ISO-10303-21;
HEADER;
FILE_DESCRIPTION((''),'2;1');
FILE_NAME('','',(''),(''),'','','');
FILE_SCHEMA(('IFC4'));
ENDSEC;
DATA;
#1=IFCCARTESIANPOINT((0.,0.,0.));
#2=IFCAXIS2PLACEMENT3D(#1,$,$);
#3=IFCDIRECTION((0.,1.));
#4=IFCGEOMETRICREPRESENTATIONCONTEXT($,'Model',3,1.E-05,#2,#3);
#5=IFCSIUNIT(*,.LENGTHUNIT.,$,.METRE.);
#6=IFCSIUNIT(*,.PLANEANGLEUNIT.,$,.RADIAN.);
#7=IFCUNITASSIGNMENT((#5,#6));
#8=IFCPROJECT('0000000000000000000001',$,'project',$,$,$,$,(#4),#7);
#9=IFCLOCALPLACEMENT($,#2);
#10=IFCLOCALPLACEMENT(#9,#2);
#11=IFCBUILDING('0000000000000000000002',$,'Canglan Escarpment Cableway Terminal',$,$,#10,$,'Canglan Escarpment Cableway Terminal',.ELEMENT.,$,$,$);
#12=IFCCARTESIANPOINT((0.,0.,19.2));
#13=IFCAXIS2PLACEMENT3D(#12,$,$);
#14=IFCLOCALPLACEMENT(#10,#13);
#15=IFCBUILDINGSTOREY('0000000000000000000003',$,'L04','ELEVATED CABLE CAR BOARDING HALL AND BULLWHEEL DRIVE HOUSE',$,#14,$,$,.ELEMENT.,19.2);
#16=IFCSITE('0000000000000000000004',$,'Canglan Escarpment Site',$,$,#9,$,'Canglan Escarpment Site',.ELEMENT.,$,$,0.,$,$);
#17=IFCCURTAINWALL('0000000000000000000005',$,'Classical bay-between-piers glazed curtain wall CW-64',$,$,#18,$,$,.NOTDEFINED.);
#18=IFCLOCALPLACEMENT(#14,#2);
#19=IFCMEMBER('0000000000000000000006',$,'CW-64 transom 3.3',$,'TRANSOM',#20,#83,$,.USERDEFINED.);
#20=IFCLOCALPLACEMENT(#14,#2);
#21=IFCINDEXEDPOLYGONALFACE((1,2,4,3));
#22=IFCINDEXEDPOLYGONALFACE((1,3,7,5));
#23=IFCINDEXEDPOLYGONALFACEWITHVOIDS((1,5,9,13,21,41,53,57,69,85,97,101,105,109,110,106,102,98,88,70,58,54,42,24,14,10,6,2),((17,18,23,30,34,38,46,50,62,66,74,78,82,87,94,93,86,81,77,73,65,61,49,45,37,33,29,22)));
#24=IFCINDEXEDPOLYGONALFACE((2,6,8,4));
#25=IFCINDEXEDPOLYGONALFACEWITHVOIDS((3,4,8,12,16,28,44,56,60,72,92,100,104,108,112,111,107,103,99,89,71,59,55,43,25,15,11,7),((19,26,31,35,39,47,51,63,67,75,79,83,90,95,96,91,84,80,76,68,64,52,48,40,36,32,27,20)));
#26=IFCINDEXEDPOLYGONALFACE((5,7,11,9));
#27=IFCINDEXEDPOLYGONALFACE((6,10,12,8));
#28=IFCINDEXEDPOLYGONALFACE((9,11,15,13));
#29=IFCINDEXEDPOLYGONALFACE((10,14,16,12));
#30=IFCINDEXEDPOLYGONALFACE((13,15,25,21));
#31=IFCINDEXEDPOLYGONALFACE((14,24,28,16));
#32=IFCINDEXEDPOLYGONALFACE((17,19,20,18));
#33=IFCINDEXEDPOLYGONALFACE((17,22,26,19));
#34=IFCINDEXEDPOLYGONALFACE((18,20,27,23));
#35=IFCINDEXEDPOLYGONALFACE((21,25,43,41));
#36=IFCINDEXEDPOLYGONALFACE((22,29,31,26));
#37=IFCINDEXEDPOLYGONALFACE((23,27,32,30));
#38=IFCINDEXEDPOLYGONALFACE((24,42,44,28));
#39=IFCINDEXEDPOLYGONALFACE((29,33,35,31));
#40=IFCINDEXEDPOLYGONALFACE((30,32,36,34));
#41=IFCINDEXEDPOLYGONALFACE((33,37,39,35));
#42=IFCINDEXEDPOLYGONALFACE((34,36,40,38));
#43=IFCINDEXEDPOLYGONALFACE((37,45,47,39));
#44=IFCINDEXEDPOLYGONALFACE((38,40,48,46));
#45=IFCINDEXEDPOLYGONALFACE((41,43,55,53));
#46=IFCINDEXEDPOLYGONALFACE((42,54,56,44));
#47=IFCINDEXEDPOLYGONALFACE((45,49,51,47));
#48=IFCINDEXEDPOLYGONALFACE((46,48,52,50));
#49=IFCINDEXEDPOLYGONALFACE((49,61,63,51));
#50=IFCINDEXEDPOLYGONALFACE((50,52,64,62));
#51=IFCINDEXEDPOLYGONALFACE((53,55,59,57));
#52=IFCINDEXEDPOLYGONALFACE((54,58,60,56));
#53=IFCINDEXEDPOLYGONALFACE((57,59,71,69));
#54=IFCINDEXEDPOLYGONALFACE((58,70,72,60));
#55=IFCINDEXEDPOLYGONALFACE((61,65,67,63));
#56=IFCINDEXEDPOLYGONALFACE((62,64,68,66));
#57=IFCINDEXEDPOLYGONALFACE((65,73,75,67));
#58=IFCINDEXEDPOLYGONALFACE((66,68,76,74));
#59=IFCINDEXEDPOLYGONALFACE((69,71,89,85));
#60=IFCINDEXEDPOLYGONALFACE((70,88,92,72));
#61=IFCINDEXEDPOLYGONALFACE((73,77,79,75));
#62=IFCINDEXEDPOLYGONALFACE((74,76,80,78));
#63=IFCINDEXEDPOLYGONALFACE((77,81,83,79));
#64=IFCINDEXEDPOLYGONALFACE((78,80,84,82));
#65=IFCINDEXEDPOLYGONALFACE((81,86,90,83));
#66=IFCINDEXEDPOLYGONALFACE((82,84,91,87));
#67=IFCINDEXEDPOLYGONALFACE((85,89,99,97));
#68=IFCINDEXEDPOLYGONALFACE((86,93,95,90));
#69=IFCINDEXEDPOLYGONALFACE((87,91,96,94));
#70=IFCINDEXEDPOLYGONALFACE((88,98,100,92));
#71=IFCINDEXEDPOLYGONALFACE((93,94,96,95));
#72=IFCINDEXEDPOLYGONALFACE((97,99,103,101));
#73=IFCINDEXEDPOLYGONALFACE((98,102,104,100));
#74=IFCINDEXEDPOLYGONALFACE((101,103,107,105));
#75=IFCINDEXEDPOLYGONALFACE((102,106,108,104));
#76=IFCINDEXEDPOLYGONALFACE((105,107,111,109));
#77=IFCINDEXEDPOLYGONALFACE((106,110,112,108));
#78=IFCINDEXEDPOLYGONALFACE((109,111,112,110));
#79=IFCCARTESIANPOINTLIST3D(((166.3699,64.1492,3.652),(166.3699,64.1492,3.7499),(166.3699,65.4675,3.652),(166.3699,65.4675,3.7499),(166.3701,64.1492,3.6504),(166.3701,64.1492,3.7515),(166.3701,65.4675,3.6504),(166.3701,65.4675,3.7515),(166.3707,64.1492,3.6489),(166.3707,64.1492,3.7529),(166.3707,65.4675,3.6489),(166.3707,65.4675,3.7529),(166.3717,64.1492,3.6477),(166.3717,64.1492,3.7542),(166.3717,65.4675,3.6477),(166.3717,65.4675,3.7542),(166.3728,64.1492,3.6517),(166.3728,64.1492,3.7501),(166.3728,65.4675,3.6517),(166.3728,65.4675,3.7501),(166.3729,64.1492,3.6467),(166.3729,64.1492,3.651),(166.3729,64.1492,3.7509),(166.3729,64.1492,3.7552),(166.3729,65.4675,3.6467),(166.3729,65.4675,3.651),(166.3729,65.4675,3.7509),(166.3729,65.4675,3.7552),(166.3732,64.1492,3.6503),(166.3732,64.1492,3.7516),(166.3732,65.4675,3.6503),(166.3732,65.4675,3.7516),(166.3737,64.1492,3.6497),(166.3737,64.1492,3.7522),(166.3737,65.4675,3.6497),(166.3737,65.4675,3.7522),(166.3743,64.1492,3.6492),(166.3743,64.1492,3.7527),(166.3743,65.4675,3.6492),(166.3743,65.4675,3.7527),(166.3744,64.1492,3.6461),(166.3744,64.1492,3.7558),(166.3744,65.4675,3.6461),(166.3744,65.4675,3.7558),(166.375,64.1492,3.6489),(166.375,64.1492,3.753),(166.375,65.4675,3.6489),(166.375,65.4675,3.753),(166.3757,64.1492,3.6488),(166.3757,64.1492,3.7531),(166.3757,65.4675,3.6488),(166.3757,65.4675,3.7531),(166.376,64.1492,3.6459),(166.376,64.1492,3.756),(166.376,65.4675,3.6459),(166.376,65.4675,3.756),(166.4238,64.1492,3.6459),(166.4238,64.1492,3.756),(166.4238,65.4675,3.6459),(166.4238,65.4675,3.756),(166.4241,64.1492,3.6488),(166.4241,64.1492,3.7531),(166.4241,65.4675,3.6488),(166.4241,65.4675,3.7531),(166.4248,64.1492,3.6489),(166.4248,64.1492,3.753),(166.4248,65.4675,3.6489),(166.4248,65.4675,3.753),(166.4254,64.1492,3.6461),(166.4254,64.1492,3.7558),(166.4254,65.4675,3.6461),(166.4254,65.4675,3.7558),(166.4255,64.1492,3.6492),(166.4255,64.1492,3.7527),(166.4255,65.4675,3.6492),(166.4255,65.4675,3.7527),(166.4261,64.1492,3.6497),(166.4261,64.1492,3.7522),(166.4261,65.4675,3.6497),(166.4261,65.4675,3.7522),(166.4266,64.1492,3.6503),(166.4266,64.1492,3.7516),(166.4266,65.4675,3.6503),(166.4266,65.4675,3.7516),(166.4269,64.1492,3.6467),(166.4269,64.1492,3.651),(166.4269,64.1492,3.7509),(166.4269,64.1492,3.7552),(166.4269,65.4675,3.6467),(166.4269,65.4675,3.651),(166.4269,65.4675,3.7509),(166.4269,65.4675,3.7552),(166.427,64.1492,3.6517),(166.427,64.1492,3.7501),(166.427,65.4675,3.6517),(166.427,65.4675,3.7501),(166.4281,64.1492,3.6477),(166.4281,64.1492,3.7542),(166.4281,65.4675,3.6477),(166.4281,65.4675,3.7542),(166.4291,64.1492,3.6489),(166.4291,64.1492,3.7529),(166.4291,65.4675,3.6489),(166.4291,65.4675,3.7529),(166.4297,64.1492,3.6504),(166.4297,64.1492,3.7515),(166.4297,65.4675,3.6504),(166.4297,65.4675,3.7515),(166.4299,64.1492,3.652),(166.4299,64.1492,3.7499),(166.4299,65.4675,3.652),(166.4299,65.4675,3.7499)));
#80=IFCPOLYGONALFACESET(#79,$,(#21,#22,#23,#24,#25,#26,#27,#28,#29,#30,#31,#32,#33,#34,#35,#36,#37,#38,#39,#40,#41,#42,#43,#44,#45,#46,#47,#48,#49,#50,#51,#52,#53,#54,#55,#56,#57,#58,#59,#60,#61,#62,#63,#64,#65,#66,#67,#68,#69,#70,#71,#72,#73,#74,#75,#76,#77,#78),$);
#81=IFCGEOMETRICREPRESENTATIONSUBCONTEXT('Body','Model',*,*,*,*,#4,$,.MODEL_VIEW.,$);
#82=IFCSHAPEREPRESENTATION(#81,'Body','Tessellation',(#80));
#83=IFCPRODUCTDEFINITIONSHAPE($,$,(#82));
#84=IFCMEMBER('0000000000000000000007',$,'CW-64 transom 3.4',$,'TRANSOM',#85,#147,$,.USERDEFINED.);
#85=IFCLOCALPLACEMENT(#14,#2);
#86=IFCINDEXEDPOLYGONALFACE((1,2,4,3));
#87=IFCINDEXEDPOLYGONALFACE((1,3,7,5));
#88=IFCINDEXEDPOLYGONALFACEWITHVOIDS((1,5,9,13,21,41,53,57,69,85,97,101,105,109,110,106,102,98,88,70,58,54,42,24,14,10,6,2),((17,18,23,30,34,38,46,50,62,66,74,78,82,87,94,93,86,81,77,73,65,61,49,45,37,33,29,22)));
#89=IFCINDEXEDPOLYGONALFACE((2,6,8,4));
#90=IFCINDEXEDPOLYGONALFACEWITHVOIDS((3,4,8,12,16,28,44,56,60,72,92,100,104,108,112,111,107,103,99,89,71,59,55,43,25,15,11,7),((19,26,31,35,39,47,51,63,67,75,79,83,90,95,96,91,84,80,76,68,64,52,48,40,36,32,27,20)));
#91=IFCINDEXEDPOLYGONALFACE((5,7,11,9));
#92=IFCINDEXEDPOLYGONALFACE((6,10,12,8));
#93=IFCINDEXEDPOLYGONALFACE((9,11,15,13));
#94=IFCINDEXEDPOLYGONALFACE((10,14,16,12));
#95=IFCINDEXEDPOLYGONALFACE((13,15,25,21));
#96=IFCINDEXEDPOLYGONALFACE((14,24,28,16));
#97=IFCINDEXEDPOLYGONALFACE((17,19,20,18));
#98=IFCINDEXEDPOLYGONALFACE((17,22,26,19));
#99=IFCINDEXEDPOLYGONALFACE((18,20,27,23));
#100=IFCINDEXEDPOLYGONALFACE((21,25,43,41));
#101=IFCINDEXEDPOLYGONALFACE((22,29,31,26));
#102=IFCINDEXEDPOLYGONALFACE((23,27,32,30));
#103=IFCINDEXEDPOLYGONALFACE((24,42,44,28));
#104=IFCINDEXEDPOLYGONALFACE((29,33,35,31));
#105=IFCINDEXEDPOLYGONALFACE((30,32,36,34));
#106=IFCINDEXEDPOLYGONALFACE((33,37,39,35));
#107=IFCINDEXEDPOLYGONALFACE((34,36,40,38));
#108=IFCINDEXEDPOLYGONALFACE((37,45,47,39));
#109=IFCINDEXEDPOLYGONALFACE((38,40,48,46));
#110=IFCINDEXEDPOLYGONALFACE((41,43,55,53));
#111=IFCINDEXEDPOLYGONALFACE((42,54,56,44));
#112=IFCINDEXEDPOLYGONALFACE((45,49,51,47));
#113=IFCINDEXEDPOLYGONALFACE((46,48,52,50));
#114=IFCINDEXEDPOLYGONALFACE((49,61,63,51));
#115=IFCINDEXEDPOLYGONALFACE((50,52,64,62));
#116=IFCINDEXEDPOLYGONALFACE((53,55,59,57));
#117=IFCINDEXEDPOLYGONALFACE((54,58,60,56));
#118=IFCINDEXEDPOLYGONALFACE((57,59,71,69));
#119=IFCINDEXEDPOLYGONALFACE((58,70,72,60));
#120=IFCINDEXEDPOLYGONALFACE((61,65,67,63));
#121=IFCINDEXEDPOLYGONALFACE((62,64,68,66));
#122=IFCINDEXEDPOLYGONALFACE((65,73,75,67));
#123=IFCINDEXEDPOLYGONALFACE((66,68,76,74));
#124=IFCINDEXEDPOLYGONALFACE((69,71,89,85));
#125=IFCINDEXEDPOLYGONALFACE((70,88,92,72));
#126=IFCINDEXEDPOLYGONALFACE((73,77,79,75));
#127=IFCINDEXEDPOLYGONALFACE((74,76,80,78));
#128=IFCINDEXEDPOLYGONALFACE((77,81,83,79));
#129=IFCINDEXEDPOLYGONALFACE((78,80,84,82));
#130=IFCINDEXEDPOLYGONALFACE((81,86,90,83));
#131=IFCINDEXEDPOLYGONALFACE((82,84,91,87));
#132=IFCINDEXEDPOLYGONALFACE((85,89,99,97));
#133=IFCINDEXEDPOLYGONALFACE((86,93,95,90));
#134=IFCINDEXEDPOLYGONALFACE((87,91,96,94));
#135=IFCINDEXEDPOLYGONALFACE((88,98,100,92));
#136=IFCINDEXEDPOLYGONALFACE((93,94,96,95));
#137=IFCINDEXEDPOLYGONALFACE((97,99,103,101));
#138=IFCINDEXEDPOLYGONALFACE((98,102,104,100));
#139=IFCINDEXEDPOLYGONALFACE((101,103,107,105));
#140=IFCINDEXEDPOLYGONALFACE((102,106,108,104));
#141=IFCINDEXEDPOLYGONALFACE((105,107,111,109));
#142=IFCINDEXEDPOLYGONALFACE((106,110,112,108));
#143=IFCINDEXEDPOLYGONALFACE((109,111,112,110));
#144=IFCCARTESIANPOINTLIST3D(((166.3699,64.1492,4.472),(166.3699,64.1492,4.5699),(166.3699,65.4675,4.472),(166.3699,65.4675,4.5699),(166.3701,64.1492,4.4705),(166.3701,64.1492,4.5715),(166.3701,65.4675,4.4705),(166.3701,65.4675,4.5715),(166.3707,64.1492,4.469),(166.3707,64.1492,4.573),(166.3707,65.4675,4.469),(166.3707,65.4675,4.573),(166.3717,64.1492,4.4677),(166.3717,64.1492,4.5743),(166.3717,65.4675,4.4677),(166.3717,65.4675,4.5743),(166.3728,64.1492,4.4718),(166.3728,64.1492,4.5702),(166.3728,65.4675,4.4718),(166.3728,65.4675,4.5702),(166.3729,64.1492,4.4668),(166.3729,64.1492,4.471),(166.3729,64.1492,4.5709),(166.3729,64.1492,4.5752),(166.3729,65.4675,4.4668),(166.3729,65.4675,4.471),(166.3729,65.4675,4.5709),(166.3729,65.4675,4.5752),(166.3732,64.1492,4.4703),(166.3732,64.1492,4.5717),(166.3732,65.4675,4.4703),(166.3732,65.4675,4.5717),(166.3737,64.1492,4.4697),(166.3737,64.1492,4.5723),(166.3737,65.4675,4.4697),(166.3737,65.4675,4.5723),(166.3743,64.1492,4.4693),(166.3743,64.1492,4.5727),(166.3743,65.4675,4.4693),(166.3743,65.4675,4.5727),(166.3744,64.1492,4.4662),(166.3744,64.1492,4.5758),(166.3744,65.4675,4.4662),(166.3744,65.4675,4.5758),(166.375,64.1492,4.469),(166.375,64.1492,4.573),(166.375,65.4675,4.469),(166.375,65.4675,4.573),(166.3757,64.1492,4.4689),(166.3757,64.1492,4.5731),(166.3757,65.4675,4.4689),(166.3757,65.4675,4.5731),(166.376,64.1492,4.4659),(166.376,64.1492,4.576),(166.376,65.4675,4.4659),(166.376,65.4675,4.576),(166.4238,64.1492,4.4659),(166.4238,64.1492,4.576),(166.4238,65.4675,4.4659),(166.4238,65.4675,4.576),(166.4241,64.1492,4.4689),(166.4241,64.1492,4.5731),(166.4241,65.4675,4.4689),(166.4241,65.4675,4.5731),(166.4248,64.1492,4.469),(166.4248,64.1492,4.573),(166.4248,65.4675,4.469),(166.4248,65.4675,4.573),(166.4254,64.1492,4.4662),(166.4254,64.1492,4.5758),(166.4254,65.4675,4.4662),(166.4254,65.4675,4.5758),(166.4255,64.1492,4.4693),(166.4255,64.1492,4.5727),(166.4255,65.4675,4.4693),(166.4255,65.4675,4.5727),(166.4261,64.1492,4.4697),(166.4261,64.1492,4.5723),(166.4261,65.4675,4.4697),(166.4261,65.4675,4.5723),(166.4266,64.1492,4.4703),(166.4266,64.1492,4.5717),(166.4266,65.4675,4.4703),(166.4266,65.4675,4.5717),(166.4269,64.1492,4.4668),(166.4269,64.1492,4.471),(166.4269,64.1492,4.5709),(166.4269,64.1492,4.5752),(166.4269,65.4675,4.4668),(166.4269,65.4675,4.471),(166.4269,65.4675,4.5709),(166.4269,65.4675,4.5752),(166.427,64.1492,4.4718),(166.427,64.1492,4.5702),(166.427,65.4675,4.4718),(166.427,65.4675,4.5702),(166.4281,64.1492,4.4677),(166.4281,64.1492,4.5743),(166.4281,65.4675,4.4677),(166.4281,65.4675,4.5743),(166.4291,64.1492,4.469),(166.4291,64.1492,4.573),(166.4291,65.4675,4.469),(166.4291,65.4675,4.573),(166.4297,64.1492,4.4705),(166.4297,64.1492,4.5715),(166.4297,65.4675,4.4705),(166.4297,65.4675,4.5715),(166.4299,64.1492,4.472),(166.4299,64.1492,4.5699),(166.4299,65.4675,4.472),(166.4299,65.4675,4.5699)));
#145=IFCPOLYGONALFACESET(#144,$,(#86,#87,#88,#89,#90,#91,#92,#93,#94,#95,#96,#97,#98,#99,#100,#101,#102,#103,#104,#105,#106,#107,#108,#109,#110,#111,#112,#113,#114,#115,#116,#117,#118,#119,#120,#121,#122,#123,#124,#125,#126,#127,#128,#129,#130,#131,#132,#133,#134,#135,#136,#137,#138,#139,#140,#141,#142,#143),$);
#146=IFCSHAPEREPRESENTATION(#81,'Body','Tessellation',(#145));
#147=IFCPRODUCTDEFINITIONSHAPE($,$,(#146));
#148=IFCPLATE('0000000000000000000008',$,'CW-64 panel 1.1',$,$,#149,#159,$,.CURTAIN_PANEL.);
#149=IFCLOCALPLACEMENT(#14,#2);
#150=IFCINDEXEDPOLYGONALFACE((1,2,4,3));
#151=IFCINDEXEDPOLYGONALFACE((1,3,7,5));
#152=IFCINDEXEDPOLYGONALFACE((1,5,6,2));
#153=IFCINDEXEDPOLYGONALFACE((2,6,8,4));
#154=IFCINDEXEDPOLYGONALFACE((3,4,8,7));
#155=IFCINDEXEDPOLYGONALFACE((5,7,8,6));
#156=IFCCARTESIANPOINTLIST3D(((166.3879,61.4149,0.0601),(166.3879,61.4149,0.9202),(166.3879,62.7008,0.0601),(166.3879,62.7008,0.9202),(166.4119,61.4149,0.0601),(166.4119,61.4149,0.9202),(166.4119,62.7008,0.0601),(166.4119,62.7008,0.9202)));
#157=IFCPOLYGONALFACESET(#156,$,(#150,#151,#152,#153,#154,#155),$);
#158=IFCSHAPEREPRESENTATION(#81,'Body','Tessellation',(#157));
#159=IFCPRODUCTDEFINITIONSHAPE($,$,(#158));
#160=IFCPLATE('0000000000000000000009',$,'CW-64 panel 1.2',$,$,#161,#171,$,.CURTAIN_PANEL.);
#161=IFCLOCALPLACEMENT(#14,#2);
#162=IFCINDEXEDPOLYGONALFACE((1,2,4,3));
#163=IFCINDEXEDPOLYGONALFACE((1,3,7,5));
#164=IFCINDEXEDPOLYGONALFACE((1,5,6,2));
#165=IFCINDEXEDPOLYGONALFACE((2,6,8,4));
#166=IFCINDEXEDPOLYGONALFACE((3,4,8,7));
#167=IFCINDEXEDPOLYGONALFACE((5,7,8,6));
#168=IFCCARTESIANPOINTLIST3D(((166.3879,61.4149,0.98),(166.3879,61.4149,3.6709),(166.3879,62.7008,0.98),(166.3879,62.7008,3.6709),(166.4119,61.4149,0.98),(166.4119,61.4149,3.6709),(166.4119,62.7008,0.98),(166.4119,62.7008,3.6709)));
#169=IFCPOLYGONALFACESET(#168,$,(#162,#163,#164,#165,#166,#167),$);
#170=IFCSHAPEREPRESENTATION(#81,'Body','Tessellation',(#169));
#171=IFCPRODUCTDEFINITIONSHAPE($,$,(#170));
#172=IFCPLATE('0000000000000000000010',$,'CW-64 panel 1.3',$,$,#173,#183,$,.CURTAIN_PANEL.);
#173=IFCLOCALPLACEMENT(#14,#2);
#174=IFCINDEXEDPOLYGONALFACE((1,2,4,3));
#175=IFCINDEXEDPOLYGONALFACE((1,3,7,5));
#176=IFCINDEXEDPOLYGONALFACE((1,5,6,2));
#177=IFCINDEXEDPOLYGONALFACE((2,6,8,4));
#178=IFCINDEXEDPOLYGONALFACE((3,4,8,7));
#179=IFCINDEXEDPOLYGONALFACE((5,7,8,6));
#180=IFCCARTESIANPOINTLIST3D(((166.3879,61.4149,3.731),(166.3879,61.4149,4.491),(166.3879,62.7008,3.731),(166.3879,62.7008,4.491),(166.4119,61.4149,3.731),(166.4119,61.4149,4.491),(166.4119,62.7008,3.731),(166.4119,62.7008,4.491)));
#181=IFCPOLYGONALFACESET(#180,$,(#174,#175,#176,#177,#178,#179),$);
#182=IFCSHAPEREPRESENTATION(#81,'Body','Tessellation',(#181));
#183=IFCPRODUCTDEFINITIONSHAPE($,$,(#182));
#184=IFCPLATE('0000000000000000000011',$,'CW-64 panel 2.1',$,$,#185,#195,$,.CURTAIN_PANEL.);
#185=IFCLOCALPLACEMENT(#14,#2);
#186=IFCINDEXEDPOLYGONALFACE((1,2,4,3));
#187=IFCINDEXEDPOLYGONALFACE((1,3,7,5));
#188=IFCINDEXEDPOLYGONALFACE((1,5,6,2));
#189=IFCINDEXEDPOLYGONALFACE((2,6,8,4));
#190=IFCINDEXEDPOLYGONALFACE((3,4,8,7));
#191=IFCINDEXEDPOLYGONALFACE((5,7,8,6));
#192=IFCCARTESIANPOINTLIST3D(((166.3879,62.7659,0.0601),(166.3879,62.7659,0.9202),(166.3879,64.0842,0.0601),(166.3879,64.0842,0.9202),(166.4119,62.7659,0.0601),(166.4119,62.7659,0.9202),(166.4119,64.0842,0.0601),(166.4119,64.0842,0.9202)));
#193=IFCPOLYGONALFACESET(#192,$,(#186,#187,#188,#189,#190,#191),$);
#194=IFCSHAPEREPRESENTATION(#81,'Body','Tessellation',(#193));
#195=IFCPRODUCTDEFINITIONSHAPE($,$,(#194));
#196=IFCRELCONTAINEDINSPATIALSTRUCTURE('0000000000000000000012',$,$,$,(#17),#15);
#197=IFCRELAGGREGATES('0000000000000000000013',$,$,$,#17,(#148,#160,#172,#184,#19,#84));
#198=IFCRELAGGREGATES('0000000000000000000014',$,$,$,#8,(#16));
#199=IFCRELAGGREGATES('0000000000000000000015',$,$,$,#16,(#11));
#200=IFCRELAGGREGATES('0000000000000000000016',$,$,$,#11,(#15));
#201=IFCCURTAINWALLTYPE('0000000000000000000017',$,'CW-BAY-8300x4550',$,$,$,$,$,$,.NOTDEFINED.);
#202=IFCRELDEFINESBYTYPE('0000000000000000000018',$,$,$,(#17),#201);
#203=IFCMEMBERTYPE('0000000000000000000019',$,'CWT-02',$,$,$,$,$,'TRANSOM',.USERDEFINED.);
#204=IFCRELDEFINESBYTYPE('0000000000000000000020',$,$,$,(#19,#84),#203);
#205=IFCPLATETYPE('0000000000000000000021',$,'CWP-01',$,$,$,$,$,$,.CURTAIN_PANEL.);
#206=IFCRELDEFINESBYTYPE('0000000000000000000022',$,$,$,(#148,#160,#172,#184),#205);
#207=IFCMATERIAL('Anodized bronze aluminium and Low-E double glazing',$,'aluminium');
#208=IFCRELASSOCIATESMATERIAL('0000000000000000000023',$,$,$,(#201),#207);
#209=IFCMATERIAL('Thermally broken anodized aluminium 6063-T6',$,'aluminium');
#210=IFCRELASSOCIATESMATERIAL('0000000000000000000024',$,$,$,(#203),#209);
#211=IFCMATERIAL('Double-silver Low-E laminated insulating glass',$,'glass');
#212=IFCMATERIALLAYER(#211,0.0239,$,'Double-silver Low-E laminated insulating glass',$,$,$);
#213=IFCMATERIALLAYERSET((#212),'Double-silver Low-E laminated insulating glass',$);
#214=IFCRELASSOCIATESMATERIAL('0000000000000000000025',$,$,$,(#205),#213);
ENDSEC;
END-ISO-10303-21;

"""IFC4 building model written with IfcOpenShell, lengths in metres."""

from ifc_helpers import new_model, si_unit, direction, frame, origin, origin_2d, place, context, subcontext, project, spatial, rectangle, hollow_rectangle, extrude, material, layer, layer_set, material_profile, profile_set, type_object, element, aggregate, save


model = new_model("IFC4")

# Units and contexts
model_context = context("Model", 3, precision=1e-05, world=origin(), true_north=direction((0.0, 1.0)))
body_context = subcontext(model_context, "Body", "Model", "MODEL_VIEW")
ifc_project = project(units=[si_unit("LENGTHUNIT", "METRE"), si_unit("PLANEANGLEUNIT", "RADIAN")], contexts=[model_context])

# Site, building, storey
site_placement = place(None, origin())
site = spatial("IfcSite", under=ifc_project, at=site_placement, Name="Canglan Escarpment Site", LongName="Canglan Escarpment Site", CompositionType="ELEMENT", RefElevation=0.0)
building_placement = place(site_placement, origin())
building = spatial("IfcBuilding", under=site, at=building_placement, Name="Canglan Escarpment Cableway Terminal", LongName="Canglan Escarpment Cableway Terminal", CompositionType="ELEMENT")
storey_placement = place(building_placement, frame((0.0, 0.0, 19.2)))
storey = spatial("IfcBuildingStorey", under=building, at=storey_placement, Name="L04", Description="ELEVATED CABLE CAR BOARDING HALL AND BULLWHEEL DRIVE HOUSE", CompositionType="ELEMENT", Elevation=19.2)

# Curtain wall
ifc_material_1 = material(Name="Anodized bronze aluminium and Low-E double glazing", Category="aluminium")
curtain_wall_type = type_object("IfcCurtainWallType", Name="CW-BAY-8300x4550", PredefinedType="NOTDEFINED", material=ifc_material_1)
ifc_material_2 = material(Name="Thermally broken anodized aluminium 6063-T6", Category="aluminium")
curtain_wall_1_placement = place(storey_placement, origin())
curtain_wall_1 = element("IfcCurtainWall", 1, at=curtain_wall_1_placement, inside=storey, type_object=curtain_wall_type, Name="Classical bay-between-piers glazed curtain wall CW-64", PredefinedType="NOTDEFINED")

# Members
ifc_material_profile_1 = material_profile(ifc_material_2, hollow_rectangle(XDim=0.0601, YDim=0.1101, WallThickness=0.0029, InnerFilletRadius=0.0029, OuterFilletRadius=0.0061, at=origin_2d()), Name="ALU-TRAN 60x110x3")
ifc_profile_set_1 = profile_set([ifc_material_profile_1], Name="Thermally broken anodized aluminium 6063-T6")
member_type_1 = type_object("IfcMemberType", Name="CWT-02", ElementType="TRANSOM", PredefinedType="USERDEFINED", material=ifc_profile_set_1)
member_1_placement = place(storey_placement, frame((166.3999, 64.1492, 3.7009), z_axis=(0.0, 1.0, 0.0), x_axis=(-1.0, 0.0, 0.0)))
member_1 = element("IfcMember", 2, at=member_1_placement, type_object=member_type_1, Name="CW-64 transom 3.3", ObjectType="TRANSOM", PredefinedType="USERDEFINED", context=body_context, shape_type="SweptSolid", body=[
    extrude(hollow_rectangle(XDim=0.0601, YDim=0.1101, WallThickness=0.0029, InnerFilletRadius=0.0029, OuterFilletRadius=0.0061, at=origin_2d()), origin(), (0.0, 0.0, 1.0), 1.3184),
])
member_2_placement = place(storey_placement, frame((166.3999, 64.1492, 4.521), z_axis=(0.0, 1.0, 0.0), x_axis=(-1.0, 0.0, 0.0)))
member_2 = element("IfcMember", 3, at=member_2_placement, type_object=member_type_1, Name="CW-64 transom 3.4", ObjectType="TRANSOM", PredefinedType="USERDEFINED", context=body_context, shape_type="SweptSolid", body=[
    extrude(hollow_rectangle(XDim=0.0601, YDim=0.1101, WallThickness=0.0029, InnerFilletRadius=0.0029, OuterFilletRadius=0.0061, at=origin_2d()), origin(), (0.0, 0.0, 1.0), 1.3184),
])

# Plates
ifc_material_3 = material(Name="Double-silver Low-E laminated insulating glass", Category="glass")
ifc_layer_1 = layer(ifc_material_3, 0.0239, Name="Double-silver Low-E laminated insulating glass")
ifc_layer_set_1 = layer_set([ifc_layer_1], Name="Double-silver Low-E laminated insulating glass")
plate_type_1 = type_object("IfcPlateType", Name="CWP-01", PredefinedType="CURTAIN_PANEL", material=ifc_layer_set_1)
plate_1_placement = place(storey_placement, frame((166.3999, 62.0579, 0.0601), z_axis=(0.0, 0.0, 1.0), x_axis=(0.0, 1.0, 0.0)))
plate_1 = element("IfcPlate", 4, at=plate_1_placement, type_object=plate_type_1, Name="CW-64 panel 1.1", PredefinedType="CURTAIN_PANEL", context=body_context, shape_type="SweptSolid", body=[
    extrude(rectangle(XDim=1.2859, YDim=0.0239, at=origin_2d()), origin(), (0.0, 0.0, 1.0), 0.8601),
])
plate_2_placement = place(storey_placement, frame((166.3999, 62.0579, 0.98), z_axis=(0.0, 0.0, 1.0), x_axis=(0.0, 1.0, 0.0)))
plate_2 = element("IfcPlate", 5, at=plate_2_placement, type_object=plate_type_1, Name="CW-64 panel 1.2", PredefinedType="CURTAIN_PANEL", context=body_context, shape_type="SweptSolid", body=[
    extrude(rectangle(XDim=1.2859, YDim=0.0239, at=origin_2d()), origin(), (0.0, 0.0, 1.0), 2.6909),
])
plate_3_placement = place(storey_placement, frame((166.3999, 62.0579, 3.731), z_axis=(0.0, 0.0, 1.0), x_axis=(0.0, 1.0, 0.0)))
plate_3 = element("IfcPlate", 6, at=plate_3_placement, type_object=plate_type_1, Name="CW-64 panel 1.3", PredefinedType="CURTAIN_PANEL", context=body_context, shape_type="SweptSolid", body=[
    extrude(rectangle(XDim=1.2859, YDim=0.0239, at=origin_2d()), origin(), (0.0, 0.0, 1.0), 0.76),
])
plate_4_placement = place(storey_placement, frame((166.3999, 63.425, 0.0601), z_axis=(0.0, 0.0, 1.0), x_axis=(0.0, 1.0, 0.0)))
plate_4 = element("IfcPlate", 7, at=plate_4_placement, type_object=plate_type_1, Name="CW-64 panel 2.1", PredefinedType="CURTAIN_PANEL", context=body_context, shape_type="SweptSolid", body=[
    extrude(rectangle(XDim=1.3184, YDim=0.0239, at=origin_2d()), origin(), (0.0, 0.0, 1.0), 0.8601),
])
aggregate(curtain_wall_1, [plate_1, plate_2, plate_3, plate_4, member_1, member_2])

save(model, "model.ifc")
